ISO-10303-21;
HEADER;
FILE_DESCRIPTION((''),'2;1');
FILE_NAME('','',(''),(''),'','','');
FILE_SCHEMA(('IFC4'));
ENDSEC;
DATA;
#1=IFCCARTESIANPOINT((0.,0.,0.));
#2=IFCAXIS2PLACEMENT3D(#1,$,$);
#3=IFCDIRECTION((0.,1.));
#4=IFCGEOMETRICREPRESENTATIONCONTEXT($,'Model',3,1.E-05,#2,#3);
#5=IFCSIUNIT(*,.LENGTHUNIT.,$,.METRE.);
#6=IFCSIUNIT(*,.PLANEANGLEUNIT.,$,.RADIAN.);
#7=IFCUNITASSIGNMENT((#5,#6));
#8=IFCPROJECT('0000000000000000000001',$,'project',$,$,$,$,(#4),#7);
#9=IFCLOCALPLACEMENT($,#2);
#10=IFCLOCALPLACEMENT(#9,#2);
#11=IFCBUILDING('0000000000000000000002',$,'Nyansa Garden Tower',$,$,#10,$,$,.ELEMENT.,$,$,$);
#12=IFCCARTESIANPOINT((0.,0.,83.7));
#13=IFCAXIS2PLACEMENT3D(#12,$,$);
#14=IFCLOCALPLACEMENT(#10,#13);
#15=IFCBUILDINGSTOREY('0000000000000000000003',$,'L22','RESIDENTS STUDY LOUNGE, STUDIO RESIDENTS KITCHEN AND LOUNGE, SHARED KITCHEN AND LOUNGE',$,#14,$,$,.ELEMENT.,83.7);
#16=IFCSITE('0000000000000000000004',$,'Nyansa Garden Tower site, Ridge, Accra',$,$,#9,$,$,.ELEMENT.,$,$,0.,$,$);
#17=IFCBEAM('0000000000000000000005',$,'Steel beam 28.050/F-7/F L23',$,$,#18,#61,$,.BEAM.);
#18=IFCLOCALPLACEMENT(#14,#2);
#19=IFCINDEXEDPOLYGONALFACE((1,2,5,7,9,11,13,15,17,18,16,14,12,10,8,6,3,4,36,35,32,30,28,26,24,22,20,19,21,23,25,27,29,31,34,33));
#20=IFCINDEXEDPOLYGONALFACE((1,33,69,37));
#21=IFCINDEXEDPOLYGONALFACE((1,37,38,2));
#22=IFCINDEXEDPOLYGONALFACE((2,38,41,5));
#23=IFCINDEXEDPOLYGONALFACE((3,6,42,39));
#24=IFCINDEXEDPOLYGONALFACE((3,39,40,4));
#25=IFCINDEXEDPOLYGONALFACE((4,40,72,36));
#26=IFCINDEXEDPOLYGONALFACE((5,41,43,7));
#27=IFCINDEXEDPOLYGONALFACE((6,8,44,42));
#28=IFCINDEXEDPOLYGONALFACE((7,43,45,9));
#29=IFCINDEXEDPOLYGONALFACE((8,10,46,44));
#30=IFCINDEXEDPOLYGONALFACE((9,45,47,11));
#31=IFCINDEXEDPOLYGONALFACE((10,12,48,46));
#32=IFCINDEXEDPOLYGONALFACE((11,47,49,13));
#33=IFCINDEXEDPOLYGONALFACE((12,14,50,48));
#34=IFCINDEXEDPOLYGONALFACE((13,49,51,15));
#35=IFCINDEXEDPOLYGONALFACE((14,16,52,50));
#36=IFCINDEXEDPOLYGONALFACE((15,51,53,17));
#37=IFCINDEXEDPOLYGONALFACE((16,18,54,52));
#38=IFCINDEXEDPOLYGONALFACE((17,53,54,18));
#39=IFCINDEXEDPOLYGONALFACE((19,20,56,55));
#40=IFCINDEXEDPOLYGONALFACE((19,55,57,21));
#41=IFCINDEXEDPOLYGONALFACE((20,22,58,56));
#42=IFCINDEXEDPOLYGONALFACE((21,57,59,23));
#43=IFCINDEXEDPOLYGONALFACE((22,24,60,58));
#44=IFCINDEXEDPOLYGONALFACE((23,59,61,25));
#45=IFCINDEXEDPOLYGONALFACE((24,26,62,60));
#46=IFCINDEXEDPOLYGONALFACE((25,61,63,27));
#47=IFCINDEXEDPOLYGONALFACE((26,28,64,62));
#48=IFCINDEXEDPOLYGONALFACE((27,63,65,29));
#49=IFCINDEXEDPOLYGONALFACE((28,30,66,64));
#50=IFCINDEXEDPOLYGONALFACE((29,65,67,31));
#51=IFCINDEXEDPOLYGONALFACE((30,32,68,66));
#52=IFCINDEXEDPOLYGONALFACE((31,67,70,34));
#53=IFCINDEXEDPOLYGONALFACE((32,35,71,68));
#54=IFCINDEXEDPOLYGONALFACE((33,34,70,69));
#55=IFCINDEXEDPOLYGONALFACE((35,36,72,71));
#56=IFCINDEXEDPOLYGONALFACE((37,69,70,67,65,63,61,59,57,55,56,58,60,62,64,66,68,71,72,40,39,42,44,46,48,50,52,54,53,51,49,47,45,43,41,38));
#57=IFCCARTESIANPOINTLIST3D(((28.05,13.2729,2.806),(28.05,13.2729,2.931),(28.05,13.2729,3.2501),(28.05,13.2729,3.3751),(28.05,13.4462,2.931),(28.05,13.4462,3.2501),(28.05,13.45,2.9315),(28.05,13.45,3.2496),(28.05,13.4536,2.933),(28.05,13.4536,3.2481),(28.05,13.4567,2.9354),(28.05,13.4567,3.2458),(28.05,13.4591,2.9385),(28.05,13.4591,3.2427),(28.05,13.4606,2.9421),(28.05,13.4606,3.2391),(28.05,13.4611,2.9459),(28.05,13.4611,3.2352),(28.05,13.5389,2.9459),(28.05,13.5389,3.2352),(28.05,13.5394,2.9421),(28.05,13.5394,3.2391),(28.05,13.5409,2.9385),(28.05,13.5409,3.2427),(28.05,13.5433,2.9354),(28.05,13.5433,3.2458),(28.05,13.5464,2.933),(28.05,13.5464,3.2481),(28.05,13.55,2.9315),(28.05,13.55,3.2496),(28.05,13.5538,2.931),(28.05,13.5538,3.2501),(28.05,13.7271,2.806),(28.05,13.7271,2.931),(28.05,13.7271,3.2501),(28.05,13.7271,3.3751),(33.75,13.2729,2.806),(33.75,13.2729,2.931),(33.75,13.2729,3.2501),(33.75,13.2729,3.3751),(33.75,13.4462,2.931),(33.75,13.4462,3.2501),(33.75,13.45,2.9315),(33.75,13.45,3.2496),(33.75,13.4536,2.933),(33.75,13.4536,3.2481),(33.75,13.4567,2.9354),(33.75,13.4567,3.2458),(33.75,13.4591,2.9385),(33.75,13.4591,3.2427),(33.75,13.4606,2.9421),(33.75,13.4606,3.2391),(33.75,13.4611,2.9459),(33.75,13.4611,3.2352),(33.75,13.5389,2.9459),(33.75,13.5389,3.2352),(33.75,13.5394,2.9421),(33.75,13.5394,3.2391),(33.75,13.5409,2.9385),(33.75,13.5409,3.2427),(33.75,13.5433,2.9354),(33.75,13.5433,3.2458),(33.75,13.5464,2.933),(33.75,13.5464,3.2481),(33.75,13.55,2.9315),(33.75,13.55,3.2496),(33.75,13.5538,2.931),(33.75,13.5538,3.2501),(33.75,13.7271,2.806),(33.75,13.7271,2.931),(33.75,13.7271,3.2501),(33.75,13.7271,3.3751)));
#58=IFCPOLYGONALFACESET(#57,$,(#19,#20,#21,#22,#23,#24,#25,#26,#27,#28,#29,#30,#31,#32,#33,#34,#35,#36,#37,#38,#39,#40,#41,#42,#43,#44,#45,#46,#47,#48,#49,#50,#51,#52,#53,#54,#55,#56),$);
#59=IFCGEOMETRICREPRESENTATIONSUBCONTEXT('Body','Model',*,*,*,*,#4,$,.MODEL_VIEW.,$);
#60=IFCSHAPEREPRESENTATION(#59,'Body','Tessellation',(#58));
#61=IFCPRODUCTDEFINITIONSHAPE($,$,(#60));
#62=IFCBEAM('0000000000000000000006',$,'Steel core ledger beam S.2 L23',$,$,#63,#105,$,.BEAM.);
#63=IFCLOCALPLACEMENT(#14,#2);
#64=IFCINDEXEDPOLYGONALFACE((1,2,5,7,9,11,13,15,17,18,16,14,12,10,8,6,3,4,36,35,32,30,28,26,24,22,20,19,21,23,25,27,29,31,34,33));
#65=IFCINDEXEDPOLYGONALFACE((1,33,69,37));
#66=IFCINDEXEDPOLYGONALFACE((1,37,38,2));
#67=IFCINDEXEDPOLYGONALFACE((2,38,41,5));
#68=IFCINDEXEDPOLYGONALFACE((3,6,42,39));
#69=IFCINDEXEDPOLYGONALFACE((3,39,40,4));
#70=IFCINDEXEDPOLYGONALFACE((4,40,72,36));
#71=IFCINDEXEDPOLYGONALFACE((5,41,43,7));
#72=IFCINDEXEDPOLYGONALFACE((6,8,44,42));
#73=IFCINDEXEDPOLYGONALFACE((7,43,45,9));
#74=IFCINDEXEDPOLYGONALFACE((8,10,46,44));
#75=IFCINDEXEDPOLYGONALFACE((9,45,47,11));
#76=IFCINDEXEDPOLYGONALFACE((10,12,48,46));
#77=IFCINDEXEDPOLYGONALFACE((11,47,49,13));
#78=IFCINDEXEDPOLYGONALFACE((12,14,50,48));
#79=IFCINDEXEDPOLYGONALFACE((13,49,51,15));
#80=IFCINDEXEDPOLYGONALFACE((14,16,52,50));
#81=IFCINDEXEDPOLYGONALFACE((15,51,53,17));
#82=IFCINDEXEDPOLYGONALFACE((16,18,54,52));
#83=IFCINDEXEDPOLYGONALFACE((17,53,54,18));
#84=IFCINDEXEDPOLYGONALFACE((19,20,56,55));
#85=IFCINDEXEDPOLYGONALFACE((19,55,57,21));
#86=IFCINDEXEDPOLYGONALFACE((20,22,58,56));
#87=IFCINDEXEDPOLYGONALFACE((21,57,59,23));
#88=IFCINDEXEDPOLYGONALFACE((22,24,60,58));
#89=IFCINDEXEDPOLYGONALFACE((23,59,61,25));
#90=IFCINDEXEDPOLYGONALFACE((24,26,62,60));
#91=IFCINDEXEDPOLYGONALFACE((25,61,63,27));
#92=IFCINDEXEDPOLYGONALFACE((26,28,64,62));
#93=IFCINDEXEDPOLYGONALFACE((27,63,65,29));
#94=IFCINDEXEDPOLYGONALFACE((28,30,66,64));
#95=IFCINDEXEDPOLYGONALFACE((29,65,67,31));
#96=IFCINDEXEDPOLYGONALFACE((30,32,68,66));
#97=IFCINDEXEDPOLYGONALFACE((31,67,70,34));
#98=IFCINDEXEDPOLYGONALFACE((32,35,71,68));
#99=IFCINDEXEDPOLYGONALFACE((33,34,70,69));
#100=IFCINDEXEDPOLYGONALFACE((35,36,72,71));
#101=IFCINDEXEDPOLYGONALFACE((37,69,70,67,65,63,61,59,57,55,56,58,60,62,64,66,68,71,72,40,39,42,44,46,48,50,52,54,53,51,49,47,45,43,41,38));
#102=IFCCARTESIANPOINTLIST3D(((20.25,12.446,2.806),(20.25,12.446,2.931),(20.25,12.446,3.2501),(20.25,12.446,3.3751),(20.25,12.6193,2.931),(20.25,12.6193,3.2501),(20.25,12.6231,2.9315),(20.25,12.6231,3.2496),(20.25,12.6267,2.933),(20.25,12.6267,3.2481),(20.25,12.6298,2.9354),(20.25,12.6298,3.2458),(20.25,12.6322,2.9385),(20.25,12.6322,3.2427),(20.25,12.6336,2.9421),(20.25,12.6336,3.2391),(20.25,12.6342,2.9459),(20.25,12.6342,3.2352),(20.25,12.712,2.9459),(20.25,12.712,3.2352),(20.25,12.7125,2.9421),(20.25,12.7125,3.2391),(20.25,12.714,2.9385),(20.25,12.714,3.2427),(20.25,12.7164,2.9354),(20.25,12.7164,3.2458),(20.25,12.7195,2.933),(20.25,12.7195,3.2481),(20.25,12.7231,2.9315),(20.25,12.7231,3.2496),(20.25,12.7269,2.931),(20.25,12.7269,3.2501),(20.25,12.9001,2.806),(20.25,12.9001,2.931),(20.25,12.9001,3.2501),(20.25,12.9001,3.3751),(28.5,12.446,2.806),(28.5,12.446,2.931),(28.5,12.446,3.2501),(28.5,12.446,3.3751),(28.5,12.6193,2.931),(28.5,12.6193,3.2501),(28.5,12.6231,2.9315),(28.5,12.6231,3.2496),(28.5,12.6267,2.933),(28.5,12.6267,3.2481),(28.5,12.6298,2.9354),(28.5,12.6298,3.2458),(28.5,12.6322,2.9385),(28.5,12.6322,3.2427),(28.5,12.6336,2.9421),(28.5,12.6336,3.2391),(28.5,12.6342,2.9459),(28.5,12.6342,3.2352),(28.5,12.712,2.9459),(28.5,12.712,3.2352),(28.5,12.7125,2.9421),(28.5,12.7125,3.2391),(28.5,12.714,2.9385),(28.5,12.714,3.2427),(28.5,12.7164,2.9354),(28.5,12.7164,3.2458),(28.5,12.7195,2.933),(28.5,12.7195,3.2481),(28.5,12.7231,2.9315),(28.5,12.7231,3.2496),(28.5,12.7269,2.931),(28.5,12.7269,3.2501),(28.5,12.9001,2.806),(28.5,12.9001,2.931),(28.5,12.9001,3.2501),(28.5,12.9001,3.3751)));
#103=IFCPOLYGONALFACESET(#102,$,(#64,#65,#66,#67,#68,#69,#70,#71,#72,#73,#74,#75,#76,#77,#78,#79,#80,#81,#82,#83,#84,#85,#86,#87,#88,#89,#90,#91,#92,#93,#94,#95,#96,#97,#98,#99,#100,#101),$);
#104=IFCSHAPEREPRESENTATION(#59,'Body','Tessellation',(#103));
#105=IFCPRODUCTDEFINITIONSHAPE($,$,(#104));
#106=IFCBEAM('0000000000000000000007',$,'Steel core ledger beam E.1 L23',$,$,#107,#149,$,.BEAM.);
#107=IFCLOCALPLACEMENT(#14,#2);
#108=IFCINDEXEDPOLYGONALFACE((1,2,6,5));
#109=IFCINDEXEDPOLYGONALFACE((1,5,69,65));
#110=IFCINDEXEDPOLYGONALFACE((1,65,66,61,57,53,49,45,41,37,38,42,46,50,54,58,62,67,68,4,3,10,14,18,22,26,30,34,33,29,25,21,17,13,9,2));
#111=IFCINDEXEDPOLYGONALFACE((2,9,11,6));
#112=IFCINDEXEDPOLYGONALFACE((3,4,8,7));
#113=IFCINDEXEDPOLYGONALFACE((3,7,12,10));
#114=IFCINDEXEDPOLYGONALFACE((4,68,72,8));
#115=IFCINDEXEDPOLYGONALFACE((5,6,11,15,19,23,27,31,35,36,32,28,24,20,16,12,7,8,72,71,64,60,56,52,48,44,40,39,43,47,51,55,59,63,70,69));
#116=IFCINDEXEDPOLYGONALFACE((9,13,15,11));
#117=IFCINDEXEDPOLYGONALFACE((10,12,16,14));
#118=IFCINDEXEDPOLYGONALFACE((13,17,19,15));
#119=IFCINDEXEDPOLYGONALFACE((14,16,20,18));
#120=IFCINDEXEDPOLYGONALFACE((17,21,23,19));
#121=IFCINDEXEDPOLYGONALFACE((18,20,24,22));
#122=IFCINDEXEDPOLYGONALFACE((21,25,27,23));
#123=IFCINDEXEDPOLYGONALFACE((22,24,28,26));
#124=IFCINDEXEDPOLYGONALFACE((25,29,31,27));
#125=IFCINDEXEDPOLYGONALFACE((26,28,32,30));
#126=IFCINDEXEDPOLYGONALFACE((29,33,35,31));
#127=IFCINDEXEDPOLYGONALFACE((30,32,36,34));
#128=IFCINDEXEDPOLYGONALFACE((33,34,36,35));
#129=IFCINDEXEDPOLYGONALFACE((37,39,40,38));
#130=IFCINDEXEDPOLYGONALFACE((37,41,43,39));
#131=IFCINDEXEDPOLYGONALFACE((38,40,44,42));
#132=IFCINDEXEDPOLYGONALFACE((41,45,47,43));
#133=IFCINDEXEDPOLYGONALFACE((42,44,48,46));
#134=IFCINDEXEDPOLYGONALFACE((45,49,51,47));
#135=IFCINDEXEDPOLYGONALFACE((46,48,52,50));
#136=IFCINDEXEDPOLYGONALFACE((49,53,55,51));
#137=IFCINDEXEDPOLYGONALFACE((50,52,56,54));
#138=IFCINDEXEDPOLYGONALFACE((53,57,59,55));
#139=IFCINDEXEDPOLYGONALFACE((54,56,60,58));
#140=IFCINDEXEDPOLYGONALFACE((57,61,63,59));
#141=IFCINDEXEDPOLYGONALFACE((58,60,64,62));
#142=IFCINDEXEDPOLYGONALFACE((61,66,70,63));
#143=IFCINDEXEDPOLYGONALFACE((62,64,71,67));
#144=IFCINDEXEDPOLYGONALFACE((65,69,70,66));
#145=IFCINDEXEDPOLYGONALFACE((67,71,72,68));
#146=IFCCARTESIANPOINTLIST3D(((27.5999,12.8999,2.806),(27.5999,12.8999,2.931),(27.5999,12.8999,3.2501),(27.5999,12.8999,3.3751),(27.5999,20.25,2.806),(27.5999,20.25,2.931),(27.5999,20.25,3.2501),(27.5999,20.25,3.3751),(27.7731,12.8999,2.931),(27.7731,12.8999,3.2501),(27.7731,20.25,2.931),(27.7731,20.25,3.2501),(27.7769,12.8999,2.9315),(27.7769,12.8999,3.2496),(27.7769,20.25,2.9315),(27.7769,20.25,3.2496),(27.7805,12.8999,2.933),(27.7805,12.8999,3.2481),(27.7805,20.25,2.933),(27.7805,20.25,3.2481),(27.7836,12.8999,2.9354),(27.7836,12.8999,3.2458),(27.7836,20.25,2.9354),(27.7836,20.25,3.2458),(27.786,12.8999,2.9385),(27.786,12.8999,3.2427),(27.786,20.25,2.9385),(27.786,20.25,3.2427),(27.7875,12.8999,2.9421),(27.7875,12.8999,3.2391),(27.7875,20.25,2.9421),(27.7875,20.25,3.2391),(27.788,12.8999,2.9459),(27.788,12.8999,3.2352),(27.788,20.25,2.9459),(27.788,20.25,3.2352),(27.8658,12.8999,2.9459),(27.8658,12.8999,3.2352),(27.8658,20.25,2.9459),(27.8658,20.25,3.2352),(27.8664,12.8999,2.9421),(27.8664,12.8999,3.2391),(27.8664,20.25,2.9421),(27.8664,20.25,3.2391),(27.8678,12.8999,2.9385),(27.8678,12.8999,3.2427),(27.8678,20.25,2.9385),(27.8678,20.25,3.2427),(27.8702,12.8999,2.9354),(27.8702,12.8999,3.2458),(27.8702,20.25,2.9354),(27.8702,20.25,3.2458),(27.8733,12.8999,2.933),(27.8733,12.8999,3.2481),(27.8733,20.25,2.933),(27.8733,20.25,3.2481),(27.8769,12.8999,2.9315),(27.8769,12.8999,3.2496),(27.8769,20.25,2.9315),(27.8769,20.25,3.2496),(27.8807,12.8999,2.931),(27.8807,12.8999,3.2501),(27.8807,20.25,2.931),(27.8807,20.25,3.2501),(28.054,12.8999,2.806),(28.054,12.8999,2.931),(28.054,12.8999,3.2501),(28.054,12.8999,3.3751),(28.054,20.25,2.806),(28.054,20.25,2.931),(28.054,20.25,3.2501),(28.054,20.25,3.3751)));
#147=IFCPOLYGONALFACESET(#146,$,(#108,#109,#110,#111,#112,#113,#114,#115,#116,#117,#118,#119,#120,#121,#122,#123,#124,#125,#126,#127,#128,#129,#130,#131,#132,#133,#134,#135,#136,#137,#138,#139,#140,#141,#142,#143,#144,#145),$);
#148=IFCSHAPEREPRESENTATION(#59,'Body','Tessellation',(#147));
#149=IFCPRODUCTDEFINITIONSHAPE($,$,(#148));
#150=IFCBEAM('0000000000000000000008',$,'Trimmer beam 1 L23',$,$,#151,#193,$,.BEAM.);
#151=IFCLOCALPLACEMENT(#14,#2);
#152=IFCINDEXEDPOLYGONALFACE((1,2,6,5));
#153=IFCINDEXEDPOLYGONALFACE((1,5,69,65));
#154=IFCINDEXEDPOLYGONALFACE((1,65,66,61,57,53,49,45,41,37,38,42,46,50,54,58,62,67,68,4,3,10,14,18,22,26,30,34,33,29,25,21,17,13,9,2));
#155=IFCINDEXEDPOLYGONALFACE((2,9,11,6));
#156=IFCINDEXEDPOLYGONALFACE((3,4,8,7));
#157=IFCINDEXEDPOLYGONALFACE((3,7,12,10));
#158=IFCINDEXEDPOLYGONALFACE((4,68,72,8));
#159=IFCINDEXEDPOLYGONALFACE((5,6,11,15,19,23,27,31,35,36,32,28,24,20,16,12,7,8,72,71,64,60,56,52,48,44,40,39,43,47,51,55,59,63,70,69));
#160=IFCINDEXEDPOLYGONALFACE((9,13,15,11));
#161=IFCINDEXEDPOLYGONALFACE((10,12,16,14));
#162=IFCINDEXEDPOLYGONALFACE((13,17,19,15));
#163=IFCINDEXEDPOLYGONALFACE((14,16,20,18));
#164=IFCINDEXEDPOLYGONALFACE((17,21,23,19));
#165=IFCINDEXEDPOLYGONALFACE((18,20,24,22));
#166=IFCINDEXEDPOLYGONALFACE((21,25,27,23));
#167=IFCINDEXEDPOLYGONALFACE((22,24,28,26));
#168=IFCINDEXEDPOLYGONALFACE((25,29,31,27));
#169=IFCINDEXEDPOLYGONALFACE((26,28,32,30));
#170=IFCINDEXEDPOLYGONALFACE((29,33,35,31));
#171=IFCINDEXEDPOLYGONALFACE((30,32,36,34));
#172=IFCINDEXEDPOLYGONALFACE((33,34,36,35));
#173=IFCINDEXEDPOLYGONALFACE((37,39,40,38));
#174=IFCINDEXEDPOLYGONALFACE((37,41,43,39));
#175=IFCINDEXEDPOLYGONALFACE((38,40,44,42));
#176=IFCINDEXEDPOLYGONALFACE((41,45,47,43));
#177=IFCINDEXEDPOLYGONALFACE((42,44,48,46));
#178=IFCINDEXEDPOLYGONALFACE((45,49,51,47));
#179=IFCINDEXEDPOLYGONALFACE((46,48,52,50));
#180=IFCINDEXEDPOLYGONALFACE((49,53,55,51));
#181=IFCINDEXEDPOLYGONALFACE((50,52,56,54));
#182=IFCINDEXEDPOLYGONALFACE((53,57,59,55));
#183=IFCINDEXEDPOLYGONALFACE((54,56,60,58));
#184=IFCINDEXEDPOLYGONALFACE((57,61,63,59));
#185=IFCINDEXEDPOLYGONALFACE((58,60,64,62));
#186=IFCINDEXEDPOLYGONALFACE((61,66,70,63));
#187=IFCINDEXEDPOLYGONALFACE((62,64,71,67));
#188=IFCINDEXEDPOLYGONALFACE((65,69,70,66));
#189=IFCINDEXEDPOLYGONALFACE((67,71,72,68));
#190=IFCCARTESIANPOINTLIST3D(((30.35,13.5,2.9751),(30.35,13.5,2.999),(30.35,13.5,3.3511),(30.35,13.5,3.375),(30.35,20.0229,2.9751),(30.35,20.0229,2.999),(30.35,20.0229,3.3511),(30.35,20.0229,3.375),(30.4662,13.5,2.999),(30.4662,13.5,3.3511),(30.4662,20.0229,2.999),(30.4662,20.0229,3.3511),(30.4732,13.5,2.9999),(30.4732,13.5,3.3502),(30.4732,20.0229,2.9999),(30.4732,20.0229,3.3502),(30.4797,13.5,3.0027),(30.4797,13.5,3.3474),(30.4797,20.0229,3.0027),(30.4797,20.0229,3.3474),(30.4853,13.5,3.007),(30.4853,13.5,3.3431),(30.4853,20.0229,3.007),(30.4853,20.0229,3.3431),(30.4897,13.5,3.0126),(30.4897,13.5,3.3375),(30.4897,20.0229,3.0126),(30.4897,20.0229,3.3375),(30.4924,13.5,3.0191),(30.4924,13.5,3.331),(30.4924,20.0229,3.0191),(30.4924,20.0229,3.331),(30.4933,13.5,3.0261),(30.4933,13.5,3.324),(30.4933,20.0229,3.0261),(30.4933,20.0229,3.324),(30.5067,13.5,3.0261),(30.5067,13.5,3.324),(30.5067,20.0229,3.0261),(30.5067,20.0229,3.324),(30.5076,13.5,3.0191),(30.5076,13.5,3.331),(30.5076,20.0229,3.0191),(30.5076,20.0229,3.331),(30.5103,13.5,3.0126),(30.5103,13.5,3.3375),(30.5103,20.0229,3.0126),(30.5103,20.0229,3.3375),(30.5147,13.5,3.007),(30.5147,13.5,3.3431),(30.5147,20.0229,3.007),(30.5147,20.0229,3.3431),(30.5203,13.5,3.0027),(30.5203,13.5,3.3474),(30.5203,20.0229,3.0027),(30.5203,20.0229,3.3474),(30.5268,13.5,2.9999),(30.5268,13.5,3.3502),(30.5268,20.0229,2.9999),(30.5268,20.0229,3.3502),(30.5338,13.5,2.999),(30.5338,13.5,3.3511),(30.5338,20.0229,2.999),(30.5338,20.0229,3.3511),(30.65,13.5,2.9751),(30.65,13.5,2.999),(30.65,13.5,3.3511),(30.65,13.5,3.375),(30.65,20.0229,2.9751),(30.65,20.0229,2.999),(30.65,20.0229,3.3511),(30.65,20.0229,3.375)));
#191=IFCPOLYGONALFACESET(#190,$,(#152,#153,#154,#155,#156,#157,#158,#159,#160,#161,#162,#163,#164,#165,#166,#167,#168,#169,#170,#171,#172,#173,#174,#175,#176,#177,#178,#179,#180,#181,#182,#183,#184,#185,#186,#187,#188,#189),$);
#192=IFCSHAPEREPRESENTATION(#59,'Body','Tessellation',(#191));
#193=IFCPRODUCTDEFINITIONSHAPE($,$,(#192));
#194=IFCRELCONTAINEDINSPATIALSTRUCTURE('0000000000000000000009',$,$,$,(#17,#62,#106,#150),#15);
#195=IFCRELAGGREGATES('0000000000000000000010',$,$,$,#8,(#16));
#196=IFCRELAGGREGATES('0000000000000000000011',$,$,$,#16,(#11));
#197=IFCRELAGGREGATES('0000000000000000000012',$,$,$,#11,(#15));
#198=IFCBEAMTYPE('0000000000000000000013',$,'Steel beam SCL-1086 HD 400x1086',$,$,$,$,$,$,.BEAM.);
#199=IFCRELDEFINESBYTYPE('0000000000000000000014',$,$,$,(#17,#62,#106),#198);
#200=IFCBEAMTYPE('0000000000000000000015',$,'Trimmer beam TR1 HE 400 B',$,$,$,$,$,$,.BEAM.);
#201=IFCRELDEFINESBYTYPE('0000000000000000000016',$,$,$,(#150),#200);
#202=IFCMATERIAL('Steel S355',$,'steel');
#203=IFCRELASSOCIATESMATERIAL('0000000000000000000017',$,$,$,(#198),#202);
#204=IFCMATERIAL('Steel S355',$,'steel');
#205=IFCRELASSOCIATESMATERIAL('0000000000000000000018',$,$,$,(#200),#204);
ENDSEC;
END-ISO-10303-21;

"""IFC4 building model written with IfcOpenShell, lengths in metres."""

from ifc_helpers import new_model, si_unit, direction, frame, origin, origin_2d, place, context, subcontext, project, spatial, i_section, extrude, material, material_profile, profile_set, type_object, element, save


model = new_model("IFC4")

# Units and contexts
model_context = context("Model", 3, precision=1e-05, world=origin(), true_north=direction((0.0, 1.0)))
body_context = subcontext(model_context, "Body", "Model", "MODEL_VIEW")
ifc_project = project(units=[si_unit("LENGTHUNIT", "METRE"), si_unit("PLANEANGLEUNIT", "RADIAN")], contexts=[model_context])

# Site, building, storey
site_placement = place(None, origin())
site = spatial("IfcSite", under=ifc_project, at=site_placement, Name="Nyansa Garden Tower site, Ridge, Accra", CompositionType="ELEMENT", RefElevation=0.0)
building_placement = place(site_placement, origin())
building = spatial("IfcBuilding", under=site, at=building_placement, Name="Nyansa Garden Tower", CompositionType="ELEMENT")
storey_placement = place(building_placement, frame((0.0, 0.0, 83.7)))
storey = spatial("IfcBuildingStorey", under=building, at=storey_placement, Name="L22", Description="RESIDENTS STUDY LOUNGE, STUDIO RESIDENTS KITCHEN AND LOUNGE, SHARED KITCHEN AND LOUNGE", CompositionType="ELEMENT", Elevation=83.7)

# Beams
ifc_material_1 = material(Name="Steel S355", Category="steel")
ifc_material_profile_1 = material_profile(ifc_material_1, i_section(OverallWidth=0.4541, OverallDepth=0.5691, WebThickness=0.0779, FlangeThickness=0.125, FilletRadius=0.0149, at=origin_2d()), Name="HD 400x1086")
ifc_profile_set_1 = profile_set([ifc_material_profile_1], Name="Steel S355")
beam_type_1 = type_object("IfcBeamType", Name="Steel beam SCL-1086 HD 400x1086", PredefinedType="BEAM", material=ifc_profile_set_1)
for number, where, z_axis, x_axis, name in (
    (1, (28.05, 13.5, 3.0906), (1.0, 0.0, 0.0), (0.0, 1.0, 0.0), "Steel beam 28.050/F-7/F L23"),
):
    element("IfcBeam", number, at=place(storey_placement, frame(where, z_axis=z_axis, x_axis=x_axis)), inside=storey, type_object=beam_type_1, Name=name, PredefinedType="BEAM", context=body_context, shape_type="SweptSolid", body=[
        extrude(i_section(OverallWidth=0.4541, OverallDepth=0.5691, WebThickness=0.0779, FlangeThickness=0.125, FilletRadius=0.0149, at=origin_2d()), origin(), (0.0, 0.0, 1.0), 5.7),
    ])
beam_1_placement = place(storey_placement, frame((20.25, 12.6731, 3.0906), z_axis=(1.0, 0.0, 0.0), x_axis=(0.0, 1.0, 0.0)))
element("IfcBeam", 2, at=beam_1_placement, inside=storey, type_object=beam_type_1, Name="Steel core ledger beam S.2 L23", PredefinedType="BEAM", context=body_context, shape_type="SweptSolid", body=[
    extrude(i_section(OverallWidth=0.4541, OverallDepth=0.5691, WebThickness=0.0779, FlangeThickness=0.125, FilletRadius=0.0149, at=origin_2d()), origin(), (0.0, 0.0, 1.0), 8.25),
])
beam_2_placement = place(storey_placement, frame((27.8269, 12.8999, 3.0906), z_axis=(0.0, 1.0, 0.0), x_axis=(-1.0, 0.0, 0.0)))
element("IfcBeam", 3, at=beam_2_placement, inside=storey, type_object=beam_type_1, Name="Steel core ledger beam E.1 L23", PredefinedType="BEAM", context=body_context, shape_type="SweptSolid", body=[
    extrude(i_section(OverallWidth=0.4541, OverallDepth=0.5691, WebThickness=0.0779, FlangeThickness=0.125, FilletRadius=0.0149, at=origin_2d()), origin(), (0.0, 0.0, 1.0), 7.3501),
])
ifc_material_2 = material(Name="Steel S355", Category="steel")
ifc_material_profile_2 = material_profile(ifc_material_2, i_section(OverallWidth=0.3, OverallDepth=0.3999, WebThickness=0.0134, FlangeThickness=0.0239, FilletRadius=0.0271, at=origin_2d()), Name="HE 400 B")
ifc_profile_set_2 = profile_set([ifc_material_profile_2], Name="Steel S355")
beam_type_2 = type_object("IfcBeamType", Name="Trimmer beam TR1 HE 400 B", PredefinedType="BEAM", material=ifc_profile_set_2)
beam_3_placement = place(storey_placement, frame((30.5, 13.5, 3.175), z_axis=(0.0, 1.0, 0.0), x_axis=(-1.0, 0.0, 0.0)))
element("IfcBeam", 4, at=beam_3_placement, inside=storey, type_object=beam_type_2, Name="Trimmer beam 1 L23", PredefinedType="BEAM", context=body_context, shape_type="SweptSolid", body=[
    extrude(i_section(OverallWidth=0.3, OverallDepth=0.3999, WebThickness=0.0134, FlangeThickness=0.0239, FilletRadius=0.0271, at=origin_2d()), origin(), (0.0, 0.0, 1.0), 6.5229),
])

save(model, "model.ifc")
